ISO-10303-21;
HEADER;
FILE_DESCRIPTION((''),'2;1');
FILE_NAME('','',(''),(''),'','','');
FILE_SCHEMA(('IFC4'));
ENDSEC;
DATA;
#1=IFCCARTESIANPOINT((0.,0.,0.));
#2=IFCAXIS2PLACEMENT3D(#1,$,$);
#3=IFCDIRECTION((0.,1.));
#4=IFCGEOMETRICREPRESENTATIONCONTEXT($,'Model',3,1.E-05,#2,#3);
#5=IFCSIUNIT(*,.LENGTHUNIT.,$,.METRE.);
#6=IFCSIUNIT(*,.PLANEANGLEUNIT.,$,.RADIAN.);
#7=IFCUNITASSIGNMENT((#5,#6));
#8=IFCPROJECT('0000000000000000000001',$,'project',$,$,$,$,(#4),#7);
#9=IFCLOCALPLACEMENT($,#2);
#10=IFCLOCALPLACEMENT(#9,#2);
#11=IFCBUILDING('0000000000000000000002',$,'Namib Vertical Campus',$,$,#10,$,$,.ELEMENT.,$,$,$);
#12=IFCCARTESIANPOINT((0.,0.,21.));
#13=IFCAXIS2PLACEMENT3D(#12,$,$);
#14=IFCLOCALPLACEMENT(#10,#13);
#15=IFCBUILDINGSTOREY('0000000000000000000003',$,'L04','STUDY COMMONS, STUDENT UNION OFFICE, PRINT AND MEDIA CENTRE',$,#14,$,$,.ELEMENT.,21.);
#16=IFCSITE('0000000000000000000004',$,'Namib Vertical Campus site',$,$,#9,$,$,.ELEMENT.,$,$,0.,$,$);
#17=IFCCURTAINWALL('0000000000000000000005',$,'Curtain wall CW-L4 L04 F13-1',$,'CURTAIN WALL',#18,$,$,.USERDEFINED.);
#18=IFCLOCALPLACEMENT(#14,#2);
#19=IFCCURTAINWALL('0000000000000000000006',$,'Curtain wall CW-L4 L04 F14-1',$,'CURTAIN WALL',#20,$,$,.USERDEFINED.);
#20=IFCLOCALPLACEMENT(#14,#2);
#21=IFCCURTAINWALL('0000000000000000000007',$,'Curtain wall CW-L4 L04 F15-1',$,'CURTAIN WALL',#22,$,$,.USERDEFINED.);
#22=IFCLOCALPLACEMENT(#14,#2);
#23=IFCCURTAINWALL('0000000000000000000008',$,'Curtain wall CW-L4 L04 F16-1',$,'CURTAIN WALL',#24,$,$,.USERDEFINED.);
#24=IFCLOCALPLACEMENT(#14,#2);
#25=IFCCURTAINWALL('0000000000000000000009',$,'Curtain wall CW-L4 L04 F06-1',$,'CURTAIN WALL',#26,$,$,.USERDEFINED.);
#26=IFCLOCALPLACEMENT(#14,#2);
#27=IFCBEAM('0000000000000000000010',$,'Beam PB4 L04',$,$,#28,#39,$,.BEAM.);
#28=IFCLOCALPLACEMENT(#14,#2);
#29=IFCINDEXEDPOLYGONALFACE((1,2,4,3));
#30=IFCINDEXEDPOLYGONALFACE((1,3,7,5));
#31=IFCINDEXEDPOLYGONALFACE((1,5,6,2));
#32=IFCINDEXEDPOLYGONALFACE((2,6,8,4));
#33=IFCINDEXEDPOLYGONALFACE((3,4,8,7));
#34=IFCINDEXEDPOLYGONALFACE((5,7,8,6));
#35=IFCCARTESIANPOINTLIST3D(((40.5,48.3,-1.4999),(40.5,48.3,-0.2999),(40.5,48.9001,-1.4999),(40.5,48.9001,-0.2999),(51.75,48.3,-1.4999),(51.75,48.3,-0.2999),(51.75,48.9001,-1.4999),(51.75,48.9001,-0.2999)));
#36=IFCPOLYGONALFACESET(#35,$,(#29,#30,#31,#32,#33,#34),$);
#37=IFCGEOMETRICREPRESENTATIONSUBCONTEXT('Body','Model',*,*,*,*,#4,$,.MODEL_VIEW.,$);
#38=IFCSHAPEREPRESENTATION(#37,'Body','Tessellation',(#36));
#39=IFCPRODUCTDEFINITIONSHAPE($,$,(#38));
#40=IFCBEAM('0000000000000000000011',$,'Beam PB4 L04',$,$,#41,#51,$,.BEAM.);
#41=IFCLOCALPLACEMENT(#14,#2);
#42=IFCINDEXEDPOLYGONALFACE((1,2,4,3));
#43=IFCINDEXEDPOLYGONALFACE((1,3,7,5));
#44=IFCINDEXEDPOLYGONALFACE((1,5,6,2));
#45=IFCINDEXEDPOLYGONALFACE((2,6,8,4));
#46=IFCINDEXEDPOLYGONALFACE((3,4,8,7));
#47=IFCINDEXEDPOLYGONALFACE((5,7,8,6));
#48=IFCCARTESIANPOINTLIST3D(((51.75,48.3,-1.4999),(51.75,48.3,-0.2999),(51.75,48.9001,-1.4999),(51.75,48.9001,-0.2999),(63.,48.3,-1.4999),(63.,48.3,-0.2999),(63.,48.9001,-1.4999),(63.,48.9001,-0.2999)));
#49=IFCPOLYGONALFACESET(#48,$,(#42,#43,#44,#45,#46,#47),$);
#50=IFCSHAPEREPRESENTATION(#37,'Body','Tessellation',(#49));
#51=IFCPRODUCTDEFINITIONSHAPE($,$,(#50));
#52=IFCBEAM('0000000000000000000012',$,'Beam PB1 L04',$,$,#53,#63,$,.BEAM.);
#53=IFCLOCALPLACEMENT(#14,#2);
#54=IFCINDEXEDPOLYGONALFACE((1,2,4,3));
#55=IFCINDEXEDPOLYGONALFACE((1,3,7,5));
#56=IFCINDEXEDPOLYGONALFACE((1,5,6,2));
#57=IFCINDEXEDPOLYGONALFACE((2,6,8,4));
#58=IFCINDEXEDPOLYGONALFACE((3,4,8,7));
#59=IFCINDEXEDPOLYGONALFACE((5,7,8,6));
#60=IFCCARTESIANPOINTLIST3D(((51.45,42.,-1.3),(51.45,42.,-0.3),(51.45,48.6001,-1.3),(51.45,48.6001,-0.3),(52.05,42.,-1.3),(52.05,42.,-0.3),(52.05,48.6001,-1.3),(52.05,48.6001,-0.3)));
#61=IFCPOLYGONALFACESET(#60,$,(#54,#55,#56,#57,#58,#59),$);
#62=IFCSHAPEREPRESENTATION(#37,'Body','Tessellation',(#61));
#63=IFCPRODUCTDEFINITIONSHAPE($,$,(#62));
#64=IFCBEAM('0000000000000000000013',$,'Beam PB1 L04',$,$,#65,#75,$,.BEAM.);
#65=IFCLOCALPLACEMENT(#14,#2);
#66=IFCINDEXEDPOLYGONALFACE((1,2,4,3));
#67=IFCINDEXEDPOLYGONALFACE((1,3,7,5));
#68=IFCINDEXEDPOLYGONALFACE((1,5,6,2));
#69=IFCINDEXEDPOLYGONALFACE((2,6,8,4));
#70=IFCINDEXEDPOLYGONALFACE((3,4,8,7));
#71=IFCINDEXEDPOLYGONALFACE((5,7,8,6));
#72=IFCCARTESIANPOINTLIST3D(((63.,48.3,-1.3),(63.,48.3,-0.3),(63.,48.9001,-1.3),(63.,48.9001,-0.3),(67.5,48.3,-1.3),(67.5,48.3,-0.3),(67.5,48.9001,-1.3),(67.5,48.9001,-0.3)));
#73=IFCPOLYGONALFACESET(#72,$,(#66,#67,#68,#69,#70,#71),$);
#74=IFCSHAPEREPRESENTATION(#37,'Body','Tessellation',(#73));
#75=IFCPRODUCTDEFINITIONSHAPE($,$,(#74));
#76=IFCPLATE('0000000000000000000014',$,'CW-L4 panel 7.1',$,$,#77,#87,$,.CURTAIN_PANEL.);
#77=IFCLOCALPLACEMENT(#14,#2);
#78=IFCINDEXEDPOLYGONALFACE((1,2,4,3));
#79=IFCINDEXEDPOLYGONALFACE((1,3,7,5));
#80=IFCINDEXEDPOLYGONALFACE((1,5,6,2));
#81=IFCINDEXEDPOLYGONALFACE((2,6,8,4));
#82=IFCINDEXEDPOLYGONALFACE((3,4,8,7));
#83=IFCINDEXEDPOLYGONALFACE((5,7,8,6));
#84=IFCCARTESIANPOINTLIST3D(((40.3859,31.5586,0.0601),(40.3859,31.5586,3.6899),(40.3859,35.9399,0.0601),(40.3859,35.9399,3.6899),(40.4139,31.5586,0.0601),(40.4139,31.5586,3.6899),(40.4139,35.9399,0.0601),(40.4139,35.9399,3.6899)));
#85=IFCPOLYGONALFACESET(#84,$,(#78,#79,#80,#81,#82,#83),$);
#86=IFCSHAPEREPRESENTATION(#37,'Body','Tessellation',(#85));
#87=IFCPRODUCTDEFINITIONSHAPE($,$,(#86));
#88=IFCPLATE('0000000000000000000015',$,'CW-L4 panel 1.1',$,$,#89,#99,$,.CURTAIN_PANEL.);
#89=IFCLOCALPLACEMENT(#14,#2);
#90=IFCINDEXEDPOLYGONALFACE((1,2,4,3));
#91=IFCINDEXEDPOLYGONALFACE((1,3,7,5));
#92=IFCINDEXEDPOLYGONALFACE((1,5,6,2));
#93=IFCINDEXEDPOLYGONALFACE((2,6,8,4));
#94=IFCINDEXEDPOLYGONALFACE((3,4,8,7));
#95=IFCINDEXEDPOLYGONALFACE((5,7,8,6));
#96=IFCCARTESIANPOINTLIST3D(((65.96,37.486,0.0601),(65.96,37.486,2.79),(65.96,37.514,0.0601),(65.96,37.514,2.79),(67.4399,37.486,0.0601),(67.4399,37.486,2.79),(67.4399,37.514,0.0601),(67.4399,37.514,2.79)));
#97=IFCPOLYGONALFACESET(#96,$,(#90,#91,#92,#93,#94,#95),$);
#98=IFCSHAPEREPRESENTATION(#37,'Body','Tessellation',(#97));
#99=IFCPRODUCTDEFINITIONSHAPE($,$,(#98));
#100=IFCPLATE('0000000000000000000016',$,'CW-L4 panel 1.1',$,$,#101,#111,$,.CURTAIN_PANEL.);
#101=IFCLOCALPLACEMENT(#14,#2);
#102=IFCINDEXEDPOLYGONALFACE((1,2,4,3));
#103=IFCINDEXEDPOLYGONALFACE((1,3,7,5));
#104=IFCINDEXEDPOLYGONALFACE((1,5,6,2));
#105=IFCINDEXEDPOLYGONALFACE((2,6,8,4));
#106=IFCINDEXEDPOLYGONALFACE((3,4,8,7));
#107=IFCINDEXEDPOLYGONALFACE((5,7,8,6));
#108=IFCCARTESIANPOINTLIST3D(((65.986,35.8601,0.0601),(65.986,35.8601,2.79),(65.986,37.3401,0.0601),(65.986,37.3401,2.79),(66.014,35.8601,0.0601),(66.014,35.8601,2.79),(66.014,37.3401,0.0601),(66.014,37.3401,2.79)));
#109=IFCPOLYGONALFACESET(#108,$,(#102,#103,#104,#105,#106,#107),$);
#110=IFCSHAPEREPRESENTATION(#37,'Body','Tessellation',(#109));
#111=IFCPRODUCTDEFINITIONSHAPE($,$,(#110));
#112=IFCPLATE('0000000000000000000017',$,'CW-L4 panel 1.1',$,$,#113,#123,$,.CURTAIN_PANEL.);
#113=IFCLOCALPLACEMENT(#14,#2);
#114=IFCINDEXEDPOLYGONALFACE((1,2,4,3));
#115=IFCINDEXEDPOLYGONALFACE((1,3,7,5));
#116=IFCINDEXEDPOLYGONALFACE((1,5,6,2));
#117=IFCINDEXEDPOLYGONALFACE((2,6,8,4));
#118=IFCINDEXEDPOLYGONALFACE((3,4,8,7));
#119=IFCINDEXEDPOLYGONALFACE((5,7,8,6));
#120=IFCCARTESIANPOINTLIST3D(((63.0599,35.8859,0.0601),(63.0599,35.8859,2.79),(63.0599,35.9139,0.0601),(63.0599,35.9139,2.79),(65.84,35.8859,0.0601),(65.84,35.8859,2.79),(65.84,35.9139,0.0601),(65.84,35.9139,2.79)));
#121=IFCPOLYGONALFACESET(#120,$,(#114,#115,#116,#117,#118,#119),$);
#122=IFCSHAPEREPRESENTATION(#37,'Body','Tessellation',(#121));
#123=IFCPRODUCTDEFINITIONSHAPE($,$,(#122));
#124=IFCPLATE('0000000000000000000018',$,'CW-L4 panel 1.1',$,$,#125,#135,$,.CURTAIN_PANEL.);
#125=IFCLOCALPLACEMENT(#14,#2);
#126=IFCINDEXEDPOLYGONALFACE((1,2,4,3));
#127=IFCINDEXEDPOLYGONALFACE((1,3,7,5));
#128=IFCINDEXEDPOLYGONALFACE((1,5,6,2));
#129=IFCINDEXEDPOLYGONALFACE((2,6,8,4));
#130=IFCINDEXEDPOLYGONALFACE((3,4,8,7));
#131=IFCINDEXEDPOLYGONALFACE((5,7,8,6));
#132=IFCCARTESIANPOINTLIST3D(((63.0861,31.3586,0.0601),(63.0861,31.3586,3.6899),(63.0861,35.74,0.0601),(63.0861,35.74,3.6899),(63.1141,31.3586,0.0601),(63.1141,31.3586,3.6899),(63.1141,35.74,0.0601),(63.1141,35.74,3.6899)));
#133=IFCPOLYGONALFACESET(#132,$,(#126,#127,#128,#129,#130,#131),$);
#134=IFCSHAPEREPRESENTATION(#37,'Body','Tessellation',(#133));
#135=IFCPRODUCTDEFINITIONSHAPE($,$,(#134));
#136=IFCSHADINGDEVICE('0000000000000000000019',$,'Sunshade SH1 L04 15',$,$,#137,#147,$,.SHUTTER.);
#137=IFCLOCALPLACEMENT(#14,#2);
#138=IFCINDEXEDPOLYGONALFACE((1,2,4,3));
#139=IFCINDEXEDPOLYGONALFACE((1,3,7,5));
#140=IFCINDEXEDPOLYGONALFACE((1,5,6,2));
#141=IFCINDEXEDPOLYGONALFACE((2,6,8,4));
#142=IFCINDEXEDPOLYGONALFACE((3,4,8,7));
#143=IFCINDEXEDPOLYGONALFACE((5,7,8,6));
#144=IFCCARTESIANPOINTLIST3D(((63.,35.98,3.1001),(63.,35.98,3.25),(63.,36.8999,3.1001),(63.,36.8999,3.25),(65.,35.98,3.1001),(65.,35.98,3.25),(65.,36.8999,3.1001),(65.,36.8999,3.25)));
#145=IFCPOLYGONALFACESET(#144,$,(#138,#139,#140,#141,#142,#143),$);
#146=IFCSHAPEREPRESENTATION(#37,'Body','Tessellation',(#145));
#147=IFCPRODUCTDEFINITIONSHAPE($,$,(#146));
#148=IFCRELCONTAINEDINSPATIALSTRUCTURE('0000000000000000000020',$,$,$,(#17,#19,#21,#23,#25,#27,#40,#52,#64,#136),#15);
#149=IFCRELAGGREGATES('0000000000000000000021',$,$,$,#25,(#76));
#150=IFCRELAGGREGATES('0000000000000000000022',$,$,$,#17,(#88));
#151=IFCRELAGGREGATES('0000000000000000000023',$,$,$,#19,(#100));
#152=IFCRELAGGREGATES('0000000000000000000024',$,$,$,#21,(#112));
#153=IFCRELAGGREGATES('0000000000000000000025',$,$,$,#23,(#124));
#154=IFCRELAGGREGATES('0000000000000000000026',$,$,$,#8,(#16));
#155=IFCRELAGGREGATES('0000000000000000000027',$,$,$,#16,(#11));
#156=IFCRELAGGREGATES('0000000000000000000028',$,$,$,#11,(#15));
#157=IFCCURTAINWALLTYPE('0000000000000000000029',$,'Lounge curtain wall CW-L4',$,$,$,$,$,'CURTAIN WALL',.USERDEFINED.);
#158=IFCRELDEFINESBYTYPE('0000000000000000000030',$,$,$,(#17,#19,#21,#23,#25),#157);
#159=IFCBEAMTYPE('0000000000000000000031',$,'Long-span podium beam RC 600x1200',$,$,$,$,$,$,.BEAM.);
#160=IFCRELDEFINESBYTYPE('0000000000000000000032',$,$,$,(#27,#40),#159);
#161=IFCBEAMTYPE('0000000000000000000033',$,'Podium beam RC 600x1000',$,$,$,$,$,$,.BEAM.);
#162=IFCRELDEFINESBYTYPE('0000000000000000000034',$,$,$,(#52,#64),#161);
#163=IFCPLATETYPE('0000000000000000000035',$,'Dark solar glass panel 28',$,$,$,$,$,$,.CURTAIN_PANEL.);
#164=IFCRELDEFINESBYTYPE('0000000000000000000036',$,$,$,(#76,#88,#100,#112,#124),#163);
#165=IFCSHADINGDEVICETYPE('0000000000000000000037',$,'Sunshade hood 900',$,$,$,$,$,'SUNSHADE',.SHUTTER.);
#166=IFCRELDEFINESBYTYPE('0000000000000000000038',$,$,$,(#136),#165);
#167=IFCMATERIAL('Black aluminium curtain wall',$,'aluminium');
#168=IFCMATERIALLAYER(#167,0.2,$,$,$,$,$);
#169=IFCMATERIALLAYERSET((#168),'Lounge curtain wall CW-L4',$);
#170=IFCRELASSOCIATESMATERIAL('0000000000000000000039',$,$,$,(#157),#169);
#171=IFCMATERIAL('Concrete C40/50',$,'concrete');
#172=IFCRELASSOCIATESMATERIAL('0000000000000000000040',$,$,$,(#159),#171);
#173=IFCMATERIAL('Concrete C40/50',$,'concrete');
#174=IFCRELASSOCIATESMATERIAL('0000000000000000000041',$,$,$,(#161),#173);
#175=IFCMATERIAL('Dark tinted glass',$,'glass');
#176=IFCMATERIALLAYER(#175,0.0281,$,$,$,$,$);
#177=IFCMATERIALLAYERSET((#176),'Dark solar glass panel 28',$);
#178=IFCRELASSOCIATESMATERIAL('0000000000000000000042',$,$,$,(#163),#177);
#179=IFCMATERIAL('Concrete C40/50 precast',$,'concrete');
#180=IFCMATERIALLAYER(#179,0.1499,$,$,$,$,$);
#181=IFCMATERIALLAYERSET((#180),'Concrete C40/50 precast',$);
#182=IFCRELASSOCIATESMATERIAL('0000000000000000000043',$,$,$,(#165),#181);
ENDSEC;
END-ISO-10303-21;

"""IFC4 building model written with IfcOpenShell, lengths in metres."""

from ifc_helpers import new_model, si_unit, direction, frame, origin, origin_2d, place, context, subcontext, project, spatial, rectangle, extrude, material, layer, layer_set, material_profile, profile_set, type_object, element, aggregate, save


model = new_model("IFC4")

# Units and contexts
model_context = context("Model", 3, precision=1e-05, world=origin(), true_north=direction((0.0, 1.0)))
body_context = subcontext(model_context, "Body", "Model", "MODEL_VIEW")
ifc_project = project(units=[si_unit("LENGTHUNIT", "METRE"), si_unit("PLANEANGLEUNIT", "RADIAN")], contexts=[model_context])

# Site, building, storey
site_placement = place(None, origin())
site = spatial("IfcSite", under=ifc_project, at=site_placement, Name="Namib Vertical Campus site", CompositionType="ELEMENT", RefElevation=0.0)
building_placement = place(site_placement, origin())
building = spatial("IfcBuilding", under=site, at=building_placement, Name="Namib Vertical Campus", CompositionType="ELEMENT")
storey_placement = place(building_placement, frame((0.0, 0.0, 21.0)))
storey = spatial("IfcBuildingStorey", under=building, at=storey_placement, Name="L04", Description="STUDY COMMONS, STUDENT UNION OFFICE, PRINT AND MEDIA CENTRE", CompositionType="ELEMENT", Elevation=21.0)

# Curtain wall
ifc_material_1 = material(Name="Black aluminium curtain wall", Category="aluminium")
ifc_layer_1 = layer(ifc_material_1, 0.2)
ifc_layer_set_1 = layer_set([ifc_layer_1], Name="Lounge curtain wall CW-L4")
curtain_wall_type = type_object("IfcCurtainWallType", Name="Lounge curtain wall CW-L4", ElementType="CURTAIN WALL", PredefinedType="USERDEFINED", material=ifc_layer_set_1)
curtain_wall_1_placement = place(storey_placement, origin())
curtain_wall_1 = element("IfcCurtainWall", 1, at=curtain_wall_1_placement, inside=storey, type_object=curtain_wall_type, Name="Curtain wall CW-L4 L04 F13-1", ObjectType="CURTAIN WALL", PredefinedType="USERDEFINED")

# Curtain walls
curtain_wall_2_placement = place(storey_placement, origin())
curtain_wall_2 = element("IfcCurtainWall", 2, at=curtain_wall_2_placement, inside=storey, type_object=curtain_wall_type, Name="Curtain wall CW-L4 L04 F14-1", ObjectType="CURTAIN WALL", PredefinedType="USERDEFINED")
curtain_wall_3_placement = place(storey_placement, origin())
curtain_wall_3 = element("IfcCurtainWall", 3, at=curtain_wall_3_placement, inside=storey, type_object=curtain_wall_type, Name="Curtain wall CW-L4 L04 F15-1", ObjectType="CURTAIN WALL", PredefinedType="USERDEFINED")

# Curtain wall
curtain_wall_4_placement = place(storey_placement, origin())
curtain_wall_4 = element("IfcCurtainWall", 4, at=curtain_wall_4_placement, inside=storey, type_object=curtain_wall_type, Name="Curtain wall CW-L4 L04 F16-1", ObjectType="CURTAIN WALL", PredefinedType="USERDEFINED")

# Curtain wall
curtain_wall_5_placement = place(storey_placement, origin())
curtain_wall_5 = element("IfcCurtainWall", 5, at=curtain_wall_5_placement, inside=storey, type_object=curtain_wall_type, Name="Curtain wall CW-L4 L04 F06-1", ObjectType="CURTAIN WALL", PredefinedType="USERDEFINED")

# Beams
ifc_material_2 = material(Name="Concrete C40/50", Category="concrete")
ifc_material_profile_1 = material_profile(ifc_material_2, rectangle(XDim=0.6001, YDim=1.2, at=origin_2d()))
ifc_profile_set_1 = profile_set([ifc_material_profile_1], Name="Concrete C40/50")
beam_type_1 = type_object("IfcBeamType", Name="Long-span podium beam RC 600x1200", PredefinedType="BEAM", material=ifc_profile_set_1)
for number, where, z_axis, x_axis, name in (
    (6, (40.5, 48.6001, -0.8999), (1.0, 0.0, 0.0), (0.0, 1.0, 0.0), "Beam PB4 L04"),
    (7, (51.75, 48.6001, -0.8999), (1.0, 0.0, 0.0), (0.0, 1.0, 0.0), "Beam PB4 L04"),
):
    element("IfcBeam", number, at=place(storey_placement, frame(where, z_axis=z_axis, x_axis=x_axis)), inside=storey, type_object=beam_type_1, Name=name, PredefinedType="BEAM", context=body_context, shape_type="SweptSolid", body=[
        extrude(rectangle(XDim=0.6001, YDim=1.2, at=origin_2d()), origin(), (0.0, 0.0, 1.0), 11.25),
    ])
ifc_material_3 = material(Name="Concrete C40/50", Category="concrete")
ifc_material_profile_2 = material_profile(ifc_material_3, rectangle(XDim=0.6001, YDim=1.0, at=origin_2d()))
ifc_profile_set_2 = profile_set([ifc_material_profile_2], Name="Concrete C40/50")
beam_type_2 = type_object("IfcBeamType", Name="Podium beam RC 600x1000", PredefinedType="BEAM", material=ifc_profile_set_2)
beam_1_placement = place(storey_placement, frame((51.75, 42.0, -0.8), z_axis=(0.0, 1.0, 0.0), x_axis=(-1.0, 0.0, 0.0)))
element("IfcBeam", 8, at=beam_1_placement, inside=storey, type_object=beam_type_2, Name="Beam PB1 L04", PredefinedType="BEAM", context=body_context, shape_type="SweptSolid", body=[
    extrude(rectangle(XDim=0.6001, YDim=1.0, at=origin_2d()), origin(), (0.0, 0.0, 1.0), 6.6001),
])
beam_2_placement = place(storey_placement, frame((63.0, 48.6001, -0.8), z_axis=(1.0, 0.0, 0.0), x_axis=(0.0, 1.0, 0.0)))
element("IfcBeam", 9, at=beam_2_placement, inside=storey, type_object=beam_type_2, Name="Beam PB1 L04", PredefinedType="BEAM", context=body_context, shape_type="SweptSolid", body=[
    extrude(rectangle(XDim=0.6001, YDim=1.0, at=origin_2d()), origin(), (0.0, 0.0, 1.0), 4.5),
])

# Plates
ifc_material_4 = material(Name="Dark tinted glass", Category="glass")
ifc_layer_2 = layer(ifc_material_4, 0.0281)
ifc_layer_set_2 = layer_set([ifc_layer_2], Name="Dark solar glass panel 28")
plate_type = type_object("IfcPlateType", Name="Dark solar glass panel 28", PredefinedType="CURTAIN_PANEL", material=ifc_layer_set_2)
plate_1_placement = place(storey_placement, frame((40.3999, 33.7493, 0.0601), z_axis=(0.0, 0.0, 1.0), x_axis=(0.0, 1.0, 0.0)))
plate_1 = element("IfcPlate", 10, at=plate_1_placement, type_object=plate_type, Name="CW-L4 panel 7.1", PredefinedType="CURTAIN_PANEL", context=body_context, shape_type="SweptSolid", body=[
    extrude(rectangle(XDim=4.3813, YDim=0.0281, at=origin_2d()), origin(), (0.0, 0.0, 1.0), 3.6299),
])
aggregate(curtain_wall_5, [plate_1])
plate_2_placement = place(storey_placement, frame((66.7, 37.5, 0.0601), z_axis=(0.0, 0.0, 1.0), x_axis=(-1.0, 0.0, 0.0)))
plate_2 = element("IfcPlate", 11, at=plate_2_placement, type_object=plate_type, Name="CW-L4 panel 1.1", PredefinedType="CURTAIN_PANEL", context=body_context, shape_type="SweptSolid", body=[
    extrude(rectangle(XDim=1.48, YDim=0.0281, at=origin_2d()), origin(), (0.0, 0.0, 1.0), 2.73),
])
aggregate(curtain_wall_1, [plate_2])
plate_3_placement = place(storey_placement, frame((66.0, 36.6001, 0.0601), z_axis=(0.0, 0.0, 1.0), x_axis=(0.0, -1.0, 0.0)))
plate_3 = element("IfcPlate", 12, at=plate_3_placement, type_object=plate_type, Name="CW-L4 panel 1.1", PredefinedType="CURTAIN_PANEL", context=body_context, shape_type="SweptSolid", body=[
    extrude(rectangle(XDim=1.48, YDim=0.0281, at=origin_2d()), origin(), (0.0, 0.0, 1.0), 2.73),
])
aggregate(curtain_wall_2, [plate_3])
plate_4_placement = place(storey_placement, frame((64.45, 35.8999, 0.0601), z_axis=(0.0, 0.0, 1.0), x_axis=(-1.0, 0.0, 0.0)))
plate_4 = element("IfcPlate", 13, at=plate_4_placement, type_object=plate_type, Name="CW-L4 panel 1.1", PredefinedType="CURTAIN_PANEL", context=body_context, shape_type="SweptSolid", body=[
    extrude(rectangle(XDim=2.78, YDim=0.0281, at=origin_2d()), origin(), (0.0, 0.0, 1.0), 2.73),
])
aggregate(curtain_wall_3, [plate_4])
plate_5_placement = place(storey_placement, frame((63.1001, 33.5493, 0.0601), z_axis=(0.0, 0.0, 1.0), x_axis=(0.0, -1.0, 0.0)))
plate_5 = element("IfcPlate", 14, at=plate_5_placement, type_object=plate_type, Name="CW-L4 panel 1.1", PredefinedType="CURTAIN_PANEL", context=body_context, shape_type="SweptSolid", body=[
    extrude(rectangle(XDim=4.3813, YDim=0.0281, at=origin_2d()), origin(), (0.0, 0.0, 1.0), 3.6299),
])
aggregate(curtain_wall_4, [plate_5])

# Shading device
ifc_material_5 = material(Name="Concrete C40/50 precast", Category="concrete")
ifc_layer_3 = layer(ifc_material_5, 0.1499)
ifc_layer_set_3 = layer_set([ifc_layer_3], Name="Concrete C40/50 precast")
shading_device_type = type_object("IfcShadingDeviceType", Name="Sunshade hood 900", ElementType="SUNSHADE", PredefinedType="SHUTTER", material=ifc_layer_set_3)
shading_device_placement = place(storey_placement, frame((64.0, 36.4399, 3.1001), z_axis=(0.0, 0.0, 1.0), x_axis=(-1.0, 0.0, 0.0)))
element("IfcShadingDevice", 15, at=shading_device_placement, inside=storey, type_object=shading_device_type, Name="Sunshade SH1 L04 15", PredefinedType="SHUTTER", context=body_context, shape_type="SweptSolid", body=[
    extrude(rectangle(XDim=2.0, YDim=0.9199, at=origin_2d()), origin(), (0.0, 0.0, 1.0), 0.1499),
])

save(model, "model.ifc")
